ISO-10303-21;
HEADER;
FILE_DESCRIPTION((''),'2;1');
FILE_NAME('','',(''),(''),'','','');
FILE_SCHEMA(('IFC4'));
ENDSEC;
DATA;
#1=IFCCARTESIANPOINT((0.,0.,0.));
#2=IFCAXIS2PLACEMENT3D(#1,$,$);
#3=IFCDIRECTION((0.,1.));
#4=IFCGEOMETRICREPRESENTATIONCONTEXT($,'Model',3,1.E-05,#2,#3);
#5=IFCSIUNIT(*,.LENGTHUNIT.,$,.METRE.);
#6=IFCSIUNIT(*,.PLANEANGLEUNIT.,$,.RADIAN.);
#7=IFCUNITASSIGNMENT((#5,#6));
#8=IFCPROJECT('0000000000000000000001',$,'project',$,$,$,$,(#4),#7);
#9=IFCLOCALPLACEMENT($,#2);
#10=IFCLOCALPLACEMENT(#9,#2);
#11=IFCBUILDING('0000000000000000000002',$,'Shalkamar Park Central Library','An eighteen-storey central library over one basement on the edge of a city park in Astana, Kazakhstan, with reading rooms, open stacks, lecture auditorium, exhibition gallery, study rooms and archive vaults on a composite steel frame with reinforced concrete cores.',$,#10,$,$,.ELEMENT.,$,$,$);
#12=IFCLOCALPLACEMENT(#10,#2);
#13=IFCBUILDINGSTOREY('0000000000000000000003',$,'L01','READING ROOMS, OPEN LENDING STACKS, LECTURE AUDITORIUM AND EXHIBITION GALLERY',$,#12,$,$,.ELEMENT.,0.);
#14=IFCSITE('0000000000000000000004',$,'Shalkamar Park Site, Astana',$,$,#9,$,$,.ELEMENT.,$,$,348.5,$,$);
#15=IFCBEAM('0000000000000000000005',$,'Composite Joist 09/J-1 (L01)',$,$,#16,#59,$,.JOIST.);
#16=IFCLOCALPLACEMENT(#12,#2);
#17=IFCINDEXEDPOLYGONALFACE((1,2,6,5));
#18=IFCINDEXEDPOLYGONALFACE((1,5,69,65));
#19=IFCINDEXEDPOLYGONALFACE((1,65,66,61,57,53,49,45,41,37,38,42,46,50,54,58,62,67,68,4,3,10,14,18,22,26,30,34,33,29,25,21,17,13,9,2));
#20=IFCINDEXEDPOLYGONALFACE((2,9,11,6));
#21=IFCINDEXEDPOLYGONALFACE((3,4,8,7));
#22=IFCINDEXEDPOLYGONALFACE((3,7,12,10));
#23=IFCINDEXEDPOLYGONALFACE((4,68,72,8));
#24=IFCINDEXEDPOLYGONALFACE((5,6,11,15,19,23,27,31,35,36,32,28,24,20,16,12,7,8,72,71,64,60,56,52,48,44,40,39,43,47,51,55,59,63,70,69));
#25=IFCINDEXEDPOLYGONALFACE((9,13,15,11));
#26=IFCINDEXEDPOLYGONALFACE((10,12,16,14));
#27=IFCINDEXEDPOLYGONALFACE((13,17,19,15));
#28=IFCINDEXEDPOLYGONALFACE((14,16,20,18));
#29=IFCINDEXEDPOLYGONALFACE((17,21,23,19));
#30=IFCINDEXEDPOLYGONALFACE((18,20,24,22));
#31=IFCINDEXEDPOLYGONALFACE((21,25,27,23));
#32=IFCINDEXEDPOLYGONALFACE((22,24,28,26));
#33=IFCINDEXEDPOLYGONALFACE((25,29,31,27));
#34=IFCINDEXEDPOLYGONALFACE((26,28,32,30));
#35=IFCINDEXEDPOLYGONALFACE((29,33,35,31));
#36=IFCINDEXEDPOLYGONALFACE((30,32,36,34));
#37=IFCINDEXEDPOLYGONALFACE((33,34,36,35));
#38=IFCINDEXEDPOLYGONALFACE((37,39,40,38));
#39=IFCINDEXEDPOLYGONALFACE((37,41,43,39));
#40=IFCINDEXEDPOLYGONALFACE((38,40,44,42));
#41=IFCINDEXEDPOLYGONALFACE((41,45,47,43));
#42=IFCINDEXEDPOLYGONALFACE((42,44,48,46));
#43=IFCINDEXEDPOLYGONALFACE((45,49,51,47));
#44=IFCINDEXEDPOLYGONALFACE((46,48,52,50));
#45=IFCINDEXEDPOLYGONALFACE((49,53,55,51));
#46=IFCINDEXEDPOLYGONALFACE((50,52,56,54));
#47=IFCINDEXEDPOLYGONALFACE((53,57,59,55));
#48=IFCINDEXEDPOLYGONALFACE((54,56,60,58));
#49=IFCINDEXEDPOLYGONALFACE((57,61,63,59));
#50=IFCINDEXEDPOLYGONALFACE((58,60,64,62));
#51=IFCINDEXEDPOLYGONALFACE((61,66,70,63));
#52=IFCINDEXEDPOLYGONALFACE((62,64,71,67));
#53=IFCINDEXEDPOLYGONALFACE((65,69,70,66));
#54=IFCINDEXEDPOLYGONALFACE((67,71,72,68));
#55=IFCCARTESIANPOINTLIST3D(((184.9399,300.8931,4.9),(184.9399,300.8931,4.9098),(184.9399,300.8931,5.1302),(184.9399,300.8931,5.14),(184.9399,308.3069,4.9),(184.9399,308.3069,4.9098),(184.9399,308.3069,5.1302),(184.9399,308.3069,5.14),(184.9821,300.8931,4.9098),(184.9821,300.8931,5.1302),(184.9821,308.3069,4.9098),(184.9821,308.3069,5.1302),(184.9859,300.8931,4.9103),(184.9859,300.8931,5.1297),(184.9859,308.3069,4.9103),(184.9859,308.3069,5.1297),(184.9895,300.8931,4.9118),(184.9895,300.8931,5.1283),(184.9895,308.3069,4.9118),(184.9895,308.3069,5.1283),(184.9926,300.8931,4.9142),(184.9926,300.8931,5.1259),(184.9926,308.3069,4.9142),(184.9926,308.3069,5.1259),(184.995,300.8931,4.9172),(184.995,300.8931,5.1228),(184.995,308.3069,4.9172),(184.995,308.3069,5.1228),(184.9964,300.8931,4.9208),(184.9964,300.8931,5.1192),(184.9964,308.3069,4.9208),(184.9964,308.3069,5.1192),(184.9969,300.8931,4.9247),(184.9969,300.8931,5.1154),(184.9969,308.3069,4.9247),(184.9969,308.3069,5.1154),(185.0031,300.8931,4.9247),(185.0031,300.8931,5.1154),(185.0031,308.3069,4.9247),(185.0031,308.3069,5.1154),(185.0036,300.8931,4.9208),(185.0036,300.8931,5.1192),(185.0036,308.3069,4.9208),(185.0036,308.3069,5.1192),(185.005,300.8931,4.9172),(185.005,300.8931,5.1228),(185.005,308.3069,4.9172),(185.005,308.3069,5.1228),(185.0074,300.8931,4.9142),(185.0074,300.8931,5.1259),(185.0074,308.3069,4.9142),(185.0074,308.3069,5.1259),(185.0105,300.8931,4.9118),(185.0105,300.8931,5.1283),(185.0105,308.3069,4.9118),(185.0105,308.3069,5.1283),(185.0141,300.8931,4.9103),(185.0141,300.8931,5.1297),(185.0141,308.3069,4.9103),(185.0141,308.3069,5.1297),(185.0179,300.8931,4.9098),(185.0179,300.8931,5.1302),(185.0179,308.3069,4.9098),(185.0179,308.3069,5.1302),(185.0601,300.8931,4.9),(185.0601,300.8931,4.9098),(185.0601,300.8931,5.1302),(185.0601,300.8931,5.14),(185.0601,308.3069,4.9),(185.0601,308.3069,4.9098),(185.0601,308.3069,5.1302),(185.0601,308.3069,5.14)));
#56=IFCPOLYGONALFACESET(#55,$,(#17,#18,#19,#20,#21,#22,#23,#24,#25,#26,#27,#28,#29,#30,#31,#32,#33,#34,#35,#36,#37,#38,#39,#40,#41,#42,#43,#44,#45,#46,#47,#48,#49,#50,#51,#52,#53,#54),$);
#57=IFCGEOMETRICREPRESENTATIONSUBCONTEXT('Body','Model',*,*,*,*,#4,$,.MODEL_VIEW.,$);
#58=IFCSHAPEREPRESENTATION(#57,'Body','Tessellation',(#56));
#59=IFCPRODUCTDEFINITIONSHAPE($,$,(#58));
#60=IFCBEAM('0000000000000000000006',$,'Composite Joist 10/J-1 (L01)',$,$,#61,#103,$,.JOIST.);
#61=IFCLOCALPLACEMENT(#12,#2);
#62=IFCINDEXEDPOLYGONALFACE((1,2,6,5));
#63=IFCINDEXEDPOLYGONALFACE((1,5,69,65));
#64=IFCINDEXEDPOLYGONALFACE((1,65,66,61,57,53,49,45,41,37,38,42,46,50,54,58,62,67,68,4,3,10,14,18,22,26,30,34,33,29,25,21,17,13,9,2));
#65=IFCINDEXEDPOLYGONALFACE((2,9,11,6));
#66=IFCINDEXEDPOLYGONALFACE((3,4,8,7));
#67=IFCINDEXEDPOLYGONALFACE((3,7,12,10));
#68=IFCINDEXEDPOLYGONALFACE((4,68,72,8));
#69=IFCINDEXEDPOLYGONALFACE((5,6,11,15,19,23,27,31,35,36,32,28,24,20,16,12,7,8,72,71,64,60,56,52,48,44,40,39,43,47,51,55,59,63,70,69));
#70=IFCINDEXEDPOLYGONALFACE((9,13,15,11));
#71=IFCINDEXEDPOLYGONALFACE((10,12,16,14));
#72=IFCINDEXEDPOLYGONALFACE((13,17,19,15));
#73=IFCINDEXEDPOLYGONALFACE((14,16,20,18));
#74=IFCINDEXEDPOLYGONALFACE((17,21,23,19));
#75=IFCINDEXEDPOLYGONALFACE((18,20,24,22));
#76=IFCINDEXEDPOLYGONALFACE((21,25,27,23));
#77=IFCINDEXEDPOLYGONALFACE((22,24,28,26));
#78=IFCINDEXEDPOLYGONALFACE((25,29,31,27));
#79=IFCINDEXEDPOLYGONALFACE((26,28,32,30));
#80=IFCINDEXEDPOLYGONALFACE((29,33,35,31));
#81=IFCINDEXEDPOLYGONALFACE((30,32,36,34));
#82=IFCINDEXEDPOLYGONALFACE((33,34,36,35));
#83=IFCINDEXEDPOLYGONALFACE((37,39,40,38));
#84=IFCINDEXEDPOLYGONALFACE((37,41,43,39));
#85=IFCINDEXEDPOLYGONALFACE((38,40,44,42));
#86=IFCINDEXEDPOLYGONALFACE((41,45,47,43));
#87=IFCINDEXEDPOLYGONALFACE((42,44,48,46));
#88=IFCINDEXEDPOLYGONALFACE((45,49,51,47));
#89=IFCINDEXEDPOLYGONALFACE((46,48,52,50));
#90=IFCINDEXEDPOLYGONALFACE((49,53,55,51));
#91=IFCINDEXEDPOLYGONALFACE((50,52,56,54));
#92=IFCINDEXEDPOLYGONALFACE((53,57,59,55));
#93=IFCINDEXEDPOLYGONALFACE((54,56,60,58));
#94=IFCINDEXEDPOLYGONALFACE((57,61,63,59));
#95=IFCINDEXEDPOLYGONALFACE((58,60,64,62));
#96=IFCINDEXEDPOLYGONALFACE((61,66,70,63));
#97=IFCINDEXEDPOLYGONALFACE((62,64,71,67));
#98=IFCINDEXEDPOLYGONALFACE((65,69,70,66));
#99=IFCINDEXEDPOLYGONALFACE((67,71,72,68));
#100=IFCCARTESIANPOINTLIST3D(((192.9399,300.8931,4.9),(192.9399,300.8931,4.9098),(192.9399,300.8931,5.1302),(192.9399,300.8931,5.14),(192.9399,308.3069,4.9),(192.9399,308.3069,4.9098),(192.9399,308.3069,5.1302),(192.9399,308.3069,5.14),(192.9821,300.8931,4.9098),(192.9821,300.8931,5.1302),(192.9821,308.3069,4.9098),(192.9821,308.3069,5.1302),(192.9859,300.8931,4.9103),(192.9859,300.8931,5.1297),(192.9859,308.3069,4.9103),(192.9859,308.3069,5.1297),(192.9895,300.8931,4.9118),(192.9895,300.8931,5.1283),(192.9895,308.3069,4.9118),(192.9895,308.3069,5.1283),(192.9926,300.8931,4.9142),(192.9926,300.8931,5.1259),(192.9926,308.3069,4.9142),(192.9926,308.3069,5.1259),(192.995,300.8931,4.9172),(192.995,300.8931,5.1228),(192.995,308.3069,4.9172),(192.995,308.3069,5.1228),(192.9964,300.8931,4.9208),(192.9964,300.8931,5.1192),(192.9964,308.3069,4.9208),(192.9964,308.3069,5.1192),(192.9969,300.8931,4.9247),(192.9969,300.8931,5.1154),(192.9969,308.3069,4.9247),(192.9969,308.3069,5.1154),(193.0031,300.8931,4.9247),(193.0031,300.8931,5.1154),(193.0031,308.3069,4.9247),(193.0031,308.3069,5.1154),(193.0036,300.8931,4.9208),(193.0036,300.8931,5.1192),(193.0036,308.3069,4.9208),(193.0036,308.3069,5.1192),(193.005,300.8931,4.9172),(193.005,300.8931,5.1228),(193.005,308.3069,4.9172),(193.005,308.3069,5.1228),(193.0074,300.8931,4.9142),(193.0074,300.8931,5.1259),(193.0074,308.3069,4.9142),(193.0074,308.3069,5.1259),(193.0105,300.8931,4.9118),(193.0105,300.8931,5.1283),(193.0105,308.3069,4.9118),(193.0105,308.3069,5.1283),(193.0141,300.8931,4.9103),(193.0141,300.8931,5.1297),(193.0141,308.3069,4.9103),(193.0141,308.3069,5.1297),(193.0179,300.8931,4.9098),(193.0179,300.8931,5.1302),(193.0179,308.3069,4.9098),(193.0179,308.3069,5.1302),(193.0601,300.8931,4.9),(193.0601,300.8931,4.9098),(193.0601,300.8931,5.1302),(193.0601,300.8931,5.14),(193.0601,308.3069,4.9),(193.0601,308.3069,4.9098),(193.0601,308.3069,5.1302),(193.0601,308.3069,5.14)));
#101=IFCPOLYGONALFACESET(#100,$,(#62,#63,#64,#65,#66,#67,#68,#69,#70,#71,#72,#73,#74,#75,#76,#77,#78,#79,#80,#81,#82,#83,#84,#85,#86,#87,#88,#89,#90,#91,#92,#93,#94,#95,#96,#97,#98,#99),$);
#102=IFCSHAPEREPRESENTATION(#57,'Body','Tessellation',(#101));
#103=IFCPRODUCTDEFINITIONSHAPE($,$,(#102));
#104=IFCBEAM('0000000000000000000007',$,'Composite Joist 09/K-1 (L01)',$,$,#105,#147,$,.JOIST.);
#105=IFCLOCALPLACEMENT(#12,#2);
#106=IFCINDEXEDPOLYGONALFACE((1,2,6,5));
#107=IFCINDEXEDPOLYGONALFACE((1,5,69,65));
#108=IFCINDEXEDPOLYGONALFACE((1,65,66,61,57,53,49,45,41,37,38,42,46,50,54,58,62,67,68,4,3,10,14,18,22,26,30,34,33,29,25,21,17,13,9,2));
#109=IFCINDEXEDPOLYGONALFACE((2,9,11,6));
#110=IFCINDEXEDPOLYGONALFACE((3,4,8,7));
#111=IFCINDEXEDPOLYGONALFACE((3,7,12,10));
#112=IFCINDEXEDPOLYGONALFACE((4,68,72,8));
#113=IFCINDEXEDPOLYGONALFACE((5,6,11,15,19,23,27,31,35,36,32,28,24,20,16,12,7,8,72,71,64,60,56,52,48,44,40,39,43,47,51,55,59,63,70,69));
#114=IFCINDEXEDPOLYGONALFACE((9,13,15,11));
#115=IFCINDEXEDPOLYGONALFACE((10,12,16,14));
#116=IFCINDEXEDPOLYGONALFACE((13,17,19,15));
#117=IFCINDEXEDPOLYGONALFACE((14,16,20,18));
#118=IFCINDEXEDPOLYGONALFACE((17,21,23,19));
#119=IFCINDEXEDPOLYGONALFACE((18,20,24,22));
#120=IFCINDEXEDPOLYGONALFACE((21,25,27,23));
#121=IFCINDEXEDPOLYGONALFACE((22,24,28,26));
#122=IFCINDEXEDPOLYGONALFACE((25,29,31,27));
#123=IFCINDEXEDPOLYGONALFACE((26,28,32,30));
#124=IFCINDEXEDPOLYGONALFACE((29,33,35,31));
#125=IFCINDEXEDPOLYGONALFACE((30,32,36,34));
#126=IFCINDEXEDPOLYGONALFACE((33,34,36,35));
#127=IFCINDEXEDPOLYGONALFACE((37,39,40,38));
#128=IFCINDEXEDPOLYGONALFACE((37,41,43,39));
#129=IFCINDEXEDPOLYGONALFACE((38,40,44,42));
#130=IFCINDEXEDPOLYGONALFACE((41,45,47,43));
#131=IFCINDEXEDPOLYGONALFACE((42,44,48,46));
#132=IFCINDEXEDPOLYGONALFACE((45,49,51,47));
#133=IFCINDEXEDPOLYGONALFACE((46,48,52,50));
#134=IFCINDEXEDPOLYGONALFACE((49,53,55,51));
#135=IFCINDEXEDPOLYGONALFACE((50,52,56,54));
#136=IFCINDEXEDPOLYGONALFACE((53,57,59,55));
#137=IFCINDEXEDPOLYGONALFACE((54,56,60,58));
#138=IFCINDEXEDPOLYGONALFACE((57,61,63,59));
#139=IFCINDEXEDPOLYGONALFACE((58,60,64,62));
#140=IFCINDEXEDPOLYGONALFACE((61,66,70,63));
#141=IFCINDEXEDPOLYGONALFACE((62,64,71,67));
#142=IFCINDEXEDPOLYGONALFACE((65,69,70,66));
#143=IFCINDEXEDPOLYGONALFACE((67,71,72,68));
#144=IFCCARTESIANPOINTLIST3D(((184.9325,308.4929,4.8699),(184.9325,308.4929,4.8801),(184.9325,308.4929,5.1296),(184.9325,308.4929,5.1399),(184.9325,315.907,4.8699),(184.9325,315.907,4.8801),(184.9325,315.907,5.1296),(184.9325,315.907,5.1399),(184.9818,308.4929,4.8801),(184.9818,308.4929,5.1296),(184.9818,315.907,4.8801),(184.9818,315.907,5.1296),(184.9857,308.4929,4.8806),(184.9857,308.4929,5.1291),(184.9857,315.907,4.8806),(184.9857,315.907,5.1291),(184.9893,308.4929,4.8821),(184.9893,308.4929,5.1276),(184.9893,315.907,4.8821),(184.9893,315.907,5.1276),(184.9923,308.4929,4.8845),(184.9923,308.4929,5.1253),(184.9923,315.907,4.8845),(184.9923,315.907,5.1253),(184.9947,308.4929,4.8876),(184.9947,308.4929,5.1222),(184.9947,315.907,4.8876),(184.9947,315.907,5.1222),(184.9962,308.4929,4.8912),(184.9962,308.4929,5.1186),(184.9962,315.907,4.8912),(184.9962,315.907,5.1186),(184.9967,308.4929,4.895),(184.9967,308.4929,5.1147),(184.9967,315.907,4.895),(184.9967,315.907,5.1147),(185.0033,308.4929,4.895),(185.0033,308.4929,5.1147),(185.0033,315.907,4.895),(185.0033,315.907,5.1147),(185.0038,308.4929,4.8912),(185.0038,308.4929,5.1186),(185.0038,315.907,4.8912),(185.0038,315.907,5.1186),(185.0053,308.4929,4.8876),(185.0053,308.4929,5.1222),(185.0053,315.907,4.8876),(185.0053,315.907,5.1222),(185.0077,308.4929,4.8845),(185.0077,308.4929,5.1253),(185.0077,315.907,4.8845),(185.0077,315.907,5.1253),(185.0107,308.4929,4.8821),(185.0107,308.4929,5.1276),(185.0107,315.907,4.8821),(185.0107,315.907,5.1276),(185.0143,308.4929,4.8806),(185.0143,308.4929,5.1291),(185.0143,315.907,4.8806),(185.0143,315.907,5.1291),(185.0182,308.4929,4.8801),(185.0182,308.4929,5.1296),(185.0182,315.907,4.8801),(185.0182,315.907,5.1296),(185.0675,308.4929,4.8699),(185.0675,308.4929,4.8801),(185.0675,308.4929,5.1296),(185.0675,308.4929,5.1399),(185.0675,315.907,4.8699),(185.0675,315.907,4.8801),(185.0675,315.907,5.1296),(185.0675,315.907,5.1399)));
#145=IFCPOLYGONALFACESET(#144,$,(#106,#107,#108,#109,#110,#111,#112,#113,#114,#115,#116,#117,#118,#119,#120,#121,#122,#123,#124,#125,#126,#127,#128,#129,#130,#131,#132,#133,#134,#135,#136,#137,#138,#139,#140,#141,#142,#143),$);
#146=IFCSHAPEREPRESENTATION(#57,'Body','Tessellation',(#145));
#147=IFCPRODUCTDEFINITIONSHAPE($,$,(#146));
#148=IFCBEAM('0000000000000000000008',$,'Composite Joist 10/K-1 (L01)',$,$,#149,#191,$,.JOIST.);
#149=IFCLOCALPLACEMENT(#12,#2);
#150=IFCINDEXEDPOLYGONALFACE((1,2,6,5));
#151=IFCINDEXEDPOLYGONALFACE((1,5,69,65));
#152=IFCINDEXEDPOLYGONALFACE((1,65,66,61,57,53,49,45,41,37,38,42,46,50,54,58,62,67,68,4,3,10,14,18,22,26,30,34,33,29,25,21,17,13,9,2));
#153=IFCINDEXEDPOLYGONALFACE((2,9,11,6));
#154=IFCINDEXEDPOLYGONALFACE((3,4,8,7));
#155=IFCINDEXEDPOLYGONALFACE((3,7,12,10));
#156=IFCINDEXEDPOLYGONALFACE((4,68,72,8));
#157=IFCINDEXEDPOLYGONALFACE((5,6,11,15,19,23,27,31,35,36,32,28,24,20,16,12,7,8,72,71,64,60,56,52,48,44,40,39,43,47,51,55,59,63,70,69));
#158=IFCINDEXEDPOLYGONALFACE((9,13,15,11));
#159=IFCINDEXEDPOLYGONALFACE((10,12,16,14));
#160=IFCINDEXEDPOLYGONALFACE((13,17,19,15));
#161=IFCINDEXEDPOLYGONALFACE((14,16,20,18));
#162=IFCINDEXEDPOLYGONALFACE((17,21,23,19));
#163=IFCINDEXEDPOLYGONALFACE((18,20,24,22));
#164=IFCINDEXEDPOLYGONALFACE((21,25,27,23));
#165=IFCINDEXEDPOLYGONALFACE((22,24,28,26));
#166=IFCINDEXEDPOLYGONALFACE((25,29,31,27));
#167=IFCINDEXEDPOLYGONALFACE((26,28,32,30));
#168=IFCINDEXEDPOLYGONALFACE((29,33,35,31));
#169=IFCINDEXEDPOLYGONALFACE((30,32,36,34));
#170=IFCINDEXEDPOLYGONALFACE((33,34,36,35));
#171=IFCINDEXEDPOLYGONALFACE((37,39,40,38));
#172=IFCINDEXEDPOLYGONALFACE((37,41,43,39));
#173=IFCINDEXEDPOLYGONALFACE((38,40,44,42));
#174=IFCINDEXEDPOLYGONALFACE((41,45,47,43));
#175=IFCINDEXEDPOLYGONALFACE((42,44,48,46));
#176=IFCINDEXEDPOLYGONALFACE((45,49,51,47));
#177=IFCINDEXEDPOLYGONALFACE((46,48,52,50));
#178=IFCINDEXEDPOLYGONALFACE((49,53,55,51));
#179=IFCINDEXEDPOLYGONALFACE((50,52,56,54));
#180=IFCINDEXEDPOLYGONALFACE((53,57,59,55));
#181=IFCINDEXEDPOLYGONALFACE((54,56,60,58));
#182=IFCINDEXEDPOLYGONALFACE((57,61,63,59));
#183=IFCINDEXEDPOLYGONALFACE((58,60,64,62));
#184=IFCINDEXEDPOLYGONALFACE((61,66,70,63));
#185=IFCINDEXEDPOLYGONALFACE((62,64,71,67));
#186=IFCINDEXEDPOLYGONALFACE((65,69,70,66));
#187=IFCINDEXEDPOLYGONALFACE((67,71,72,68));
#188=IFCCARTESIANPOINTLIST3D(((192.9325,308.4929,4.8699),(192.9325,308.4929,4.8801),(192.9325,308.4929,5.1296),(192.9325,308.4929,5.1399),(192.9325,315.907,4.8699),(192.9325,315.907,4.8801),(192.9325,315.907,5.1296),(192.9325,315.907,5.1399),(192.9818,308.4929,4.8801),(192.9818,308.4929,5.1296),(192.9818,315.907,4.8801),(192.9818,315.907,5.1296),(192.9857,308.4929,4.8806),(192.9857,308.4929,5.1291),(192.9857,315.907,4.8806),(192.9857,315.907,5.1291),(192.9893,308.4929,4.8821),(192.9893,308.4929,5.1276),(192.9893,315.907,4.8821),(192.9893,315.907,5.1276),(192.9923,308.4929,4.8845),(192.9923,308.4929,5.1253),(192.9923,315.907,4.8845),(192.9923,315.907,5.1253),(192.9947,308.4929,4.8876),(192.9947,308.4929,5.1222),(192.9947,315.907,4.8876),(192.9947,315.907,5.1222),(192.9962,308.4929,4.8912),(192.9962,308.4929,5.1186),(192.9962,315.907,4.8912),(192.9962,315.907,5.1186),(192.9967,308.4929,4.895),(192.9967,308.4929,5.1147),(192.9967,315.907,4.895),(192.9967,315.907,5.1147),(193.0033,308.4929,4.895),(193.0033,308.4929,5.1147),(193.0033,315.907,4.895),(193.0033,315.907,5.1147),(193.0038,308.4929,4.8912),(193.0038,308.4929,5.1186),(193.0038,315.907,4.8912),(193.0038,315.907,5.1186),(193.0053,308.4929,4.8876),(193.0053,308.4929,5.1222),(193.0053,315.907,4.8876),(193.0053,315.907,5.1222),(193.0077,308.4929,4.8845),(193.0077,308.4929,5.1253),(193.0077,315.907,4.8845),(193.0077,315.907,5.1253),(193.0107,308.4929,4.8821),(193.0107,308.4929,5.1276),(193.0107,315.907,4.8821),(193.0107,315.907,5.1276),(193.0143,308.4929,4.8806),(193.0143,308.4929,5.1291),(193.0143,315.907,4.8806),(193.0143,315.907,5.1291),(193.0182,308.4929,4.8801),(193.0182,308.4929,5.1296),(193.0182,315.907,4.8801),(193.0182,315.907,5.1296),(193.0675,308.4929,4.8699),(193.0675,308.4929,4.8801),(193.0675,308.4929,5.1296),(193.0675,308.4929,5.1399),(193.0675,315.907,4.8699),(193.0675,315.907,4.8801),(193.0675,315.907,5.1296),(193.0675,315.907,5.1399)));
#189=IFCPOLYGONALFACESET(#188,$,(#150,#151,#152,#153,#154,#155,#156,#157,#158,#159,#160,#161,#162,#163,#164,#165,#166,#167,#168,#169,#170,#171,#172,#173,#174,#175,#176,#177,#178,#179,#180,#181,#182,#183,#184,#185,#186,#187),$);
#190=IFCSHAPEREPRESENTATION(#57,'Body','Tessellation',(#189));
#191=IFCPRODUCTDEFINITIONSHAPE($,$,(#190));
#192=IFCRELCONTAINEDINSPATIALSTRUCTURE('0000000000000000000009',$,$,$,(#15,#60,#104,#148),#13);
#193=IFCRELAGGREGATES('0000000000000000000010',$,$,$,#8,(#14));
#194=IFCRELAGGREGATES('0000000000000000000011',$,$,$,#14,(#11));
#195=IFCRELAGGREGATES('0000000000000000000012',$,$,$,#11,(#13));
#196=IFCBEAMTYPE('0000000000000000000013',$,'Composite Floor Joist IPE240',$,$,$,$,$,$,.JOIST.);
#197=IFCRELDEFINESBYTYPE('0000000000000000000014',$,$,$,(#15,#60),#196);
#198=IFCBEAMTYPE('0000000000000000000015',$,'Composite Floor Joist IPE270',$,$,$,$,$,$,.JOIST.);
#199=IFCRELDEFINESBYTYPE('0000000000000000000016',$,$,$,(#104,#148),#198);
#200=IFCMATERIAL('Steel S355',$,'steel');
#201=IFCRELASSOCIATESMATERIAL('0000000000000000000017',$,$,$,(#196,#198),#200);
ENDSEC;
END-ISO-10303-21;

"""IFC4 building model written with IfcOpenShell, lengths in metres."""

from ifc_helpers import new_model, si_unit, direction, frame, origin, origin_2d, place, context, subcontext, project, spatial, i_section, extrude, material, material_profile, profile_set, type_object, element, save


model = new_model("IFC4")

# Units and contexts
model_context = context("Model", 3, precision=1e-05, world=origin(), true_north=direction((0.0, 1.0)))
body_context = subcontext(model_context, "Body", "Model", "MODEL_VIEW")
ifc_project = project(units=[si_unit("LENGTHUNIT", "METRE"), si_unit("PLANEANGLEUNIT", "RADIAN")], contexts=[model_context])

# Site, building, storey
site_placement = place(None, origin())
site = spatial("IfcSite", under=ifc_project, at=site_placement, Name="Shalkamar Park Site, Astana", CompositionType="ELEMENT", RefElevation=348.5)
building_placement = place(site_placement, origin())
building = spatial("IfcBuilding", under=site, at=building_placement, Name="Shalkamar Park Central Library", Description="An eighteen-storey central library over one basement on the edge of a city park in Astana, Kazakhstan, with reading rooms, open stacks, lecture auditorium, exhibition gallery, study rooms and archive vaults on a composite steel frame with reinforced concrete cores.", CompositionType="ELEMENT")
storey_placement = place(building_placement, origin())
storey = spatial("IfcBuildingStorey", under=building, at=storey_placement, Name="L01", Description="READING ROOMS, OPEN LENDING STACKS, LECTURE AUDITORIUM AND EXHIBITION GALLERY", CompositionType="ELEMENT", Elevation=0.0)

# Shared definitions
ifc_material_1 = material(Name="Steel S355", Category="steel")

# Beams
ifc_material_profile_1 = material_profile(ifc_material_1, i_section(OverallWidth=0.1201, OverallDepth=0.24, WebThickness=0.0061, FlangeThickness=0.0098, FilletRadius=0.0149, at=origin_2d()), Name="IPE 240")
ifc_profile_set_1 = profile_set([ifc_material_profile_1], Name="Steel S355")
beam_type_1 = type_object("IfcBeamType", Name="Composite Floor Joist IPE240", PredefinedType="JOIST", material=ifc_profile_set_1)
for number, where, z_axis, x_axis, name in (
    (1, (185.0, 300.8931, 5.02), (0.0, 1.0, 0.0), (-1.0, 0.0, 0.0), "Composite Joist 09/J-1 (L01)"),
    (2, (193.0, 300.8931, 5.02), (0.0, 1.0, 0.0), (-1.0, 0.0, 0.0), "Composite Joist 10/J-1 (L01)"),
):
    element("IfcBeam", number, at=place(storey_placement, frame(where, z_axis=z_axis, x_axis=x_axis)), inside=storey, type_object=beam_type_1, Name=name, PredefinedType="JOIST", context=body_context, shape_type="SweptSolid", body=[
        extrude(i_section(OverallWidth=0.1201, OverallDepth=0.24, WebThickness=0.0061, FlangeThickness=0.0098, FilletRadius=0.0149, at=origin_2d()), origin(), (0.0, 0.0, 1.0), 7.4138),
    ])
ifc_material_profile_2 = material_profile(ifc_material_1, i_section(OverallWidth=0.135, OverallDepth=0.27, WebThickness=0.0066, FlangeThickness=0.0103, FilletRadius=0.0149, at=origin_2d()), Name="IPE 270")
ifc_profile_set_2 = profile_set([ifc_material_profile_2], Name="Steel S355")
beam_type_2 = type_object("IfcBeamType", Name="Composite Floor Joist IPE270", PredefinedType="JOIST", material=ifc_profile_set_2)
for number, where, z_axis, x_axis, name in (
    (3, (185.0, 308.4929, 5.0049), (0.0, 1.0, 0.0), (-1.0, 0.0, 0.0), "Composite Joist 09/K-1 (L01)"),
    (4, (193.0, 308.4929, 5.0049), (0.0, 1.0, 0.0), (-1.0, 0.0, 0.0), "Composite Joist 10/K-1 (L01)"),
):
    element("IfcBeam", number, at=place(storey_placement, frame(where, z_axis=z_axis, x_axis=x_axis)), inside=storey, type_object=beam_type_2, Name=name, PredefinedType="JOIST", context=body_context, shape_type="SweptSolid", body=[
        extrude(i_section(OverallWidth=0.135, OverallDepth=0.27, WebThickness=0.0066, FlangeThickness=0.0103, FilletRadius=0.0149, at=origin_2d()), origin(), (0.0, 0.0, 1.0), 7.4141),
    ])

save(model, "model.ifc")
